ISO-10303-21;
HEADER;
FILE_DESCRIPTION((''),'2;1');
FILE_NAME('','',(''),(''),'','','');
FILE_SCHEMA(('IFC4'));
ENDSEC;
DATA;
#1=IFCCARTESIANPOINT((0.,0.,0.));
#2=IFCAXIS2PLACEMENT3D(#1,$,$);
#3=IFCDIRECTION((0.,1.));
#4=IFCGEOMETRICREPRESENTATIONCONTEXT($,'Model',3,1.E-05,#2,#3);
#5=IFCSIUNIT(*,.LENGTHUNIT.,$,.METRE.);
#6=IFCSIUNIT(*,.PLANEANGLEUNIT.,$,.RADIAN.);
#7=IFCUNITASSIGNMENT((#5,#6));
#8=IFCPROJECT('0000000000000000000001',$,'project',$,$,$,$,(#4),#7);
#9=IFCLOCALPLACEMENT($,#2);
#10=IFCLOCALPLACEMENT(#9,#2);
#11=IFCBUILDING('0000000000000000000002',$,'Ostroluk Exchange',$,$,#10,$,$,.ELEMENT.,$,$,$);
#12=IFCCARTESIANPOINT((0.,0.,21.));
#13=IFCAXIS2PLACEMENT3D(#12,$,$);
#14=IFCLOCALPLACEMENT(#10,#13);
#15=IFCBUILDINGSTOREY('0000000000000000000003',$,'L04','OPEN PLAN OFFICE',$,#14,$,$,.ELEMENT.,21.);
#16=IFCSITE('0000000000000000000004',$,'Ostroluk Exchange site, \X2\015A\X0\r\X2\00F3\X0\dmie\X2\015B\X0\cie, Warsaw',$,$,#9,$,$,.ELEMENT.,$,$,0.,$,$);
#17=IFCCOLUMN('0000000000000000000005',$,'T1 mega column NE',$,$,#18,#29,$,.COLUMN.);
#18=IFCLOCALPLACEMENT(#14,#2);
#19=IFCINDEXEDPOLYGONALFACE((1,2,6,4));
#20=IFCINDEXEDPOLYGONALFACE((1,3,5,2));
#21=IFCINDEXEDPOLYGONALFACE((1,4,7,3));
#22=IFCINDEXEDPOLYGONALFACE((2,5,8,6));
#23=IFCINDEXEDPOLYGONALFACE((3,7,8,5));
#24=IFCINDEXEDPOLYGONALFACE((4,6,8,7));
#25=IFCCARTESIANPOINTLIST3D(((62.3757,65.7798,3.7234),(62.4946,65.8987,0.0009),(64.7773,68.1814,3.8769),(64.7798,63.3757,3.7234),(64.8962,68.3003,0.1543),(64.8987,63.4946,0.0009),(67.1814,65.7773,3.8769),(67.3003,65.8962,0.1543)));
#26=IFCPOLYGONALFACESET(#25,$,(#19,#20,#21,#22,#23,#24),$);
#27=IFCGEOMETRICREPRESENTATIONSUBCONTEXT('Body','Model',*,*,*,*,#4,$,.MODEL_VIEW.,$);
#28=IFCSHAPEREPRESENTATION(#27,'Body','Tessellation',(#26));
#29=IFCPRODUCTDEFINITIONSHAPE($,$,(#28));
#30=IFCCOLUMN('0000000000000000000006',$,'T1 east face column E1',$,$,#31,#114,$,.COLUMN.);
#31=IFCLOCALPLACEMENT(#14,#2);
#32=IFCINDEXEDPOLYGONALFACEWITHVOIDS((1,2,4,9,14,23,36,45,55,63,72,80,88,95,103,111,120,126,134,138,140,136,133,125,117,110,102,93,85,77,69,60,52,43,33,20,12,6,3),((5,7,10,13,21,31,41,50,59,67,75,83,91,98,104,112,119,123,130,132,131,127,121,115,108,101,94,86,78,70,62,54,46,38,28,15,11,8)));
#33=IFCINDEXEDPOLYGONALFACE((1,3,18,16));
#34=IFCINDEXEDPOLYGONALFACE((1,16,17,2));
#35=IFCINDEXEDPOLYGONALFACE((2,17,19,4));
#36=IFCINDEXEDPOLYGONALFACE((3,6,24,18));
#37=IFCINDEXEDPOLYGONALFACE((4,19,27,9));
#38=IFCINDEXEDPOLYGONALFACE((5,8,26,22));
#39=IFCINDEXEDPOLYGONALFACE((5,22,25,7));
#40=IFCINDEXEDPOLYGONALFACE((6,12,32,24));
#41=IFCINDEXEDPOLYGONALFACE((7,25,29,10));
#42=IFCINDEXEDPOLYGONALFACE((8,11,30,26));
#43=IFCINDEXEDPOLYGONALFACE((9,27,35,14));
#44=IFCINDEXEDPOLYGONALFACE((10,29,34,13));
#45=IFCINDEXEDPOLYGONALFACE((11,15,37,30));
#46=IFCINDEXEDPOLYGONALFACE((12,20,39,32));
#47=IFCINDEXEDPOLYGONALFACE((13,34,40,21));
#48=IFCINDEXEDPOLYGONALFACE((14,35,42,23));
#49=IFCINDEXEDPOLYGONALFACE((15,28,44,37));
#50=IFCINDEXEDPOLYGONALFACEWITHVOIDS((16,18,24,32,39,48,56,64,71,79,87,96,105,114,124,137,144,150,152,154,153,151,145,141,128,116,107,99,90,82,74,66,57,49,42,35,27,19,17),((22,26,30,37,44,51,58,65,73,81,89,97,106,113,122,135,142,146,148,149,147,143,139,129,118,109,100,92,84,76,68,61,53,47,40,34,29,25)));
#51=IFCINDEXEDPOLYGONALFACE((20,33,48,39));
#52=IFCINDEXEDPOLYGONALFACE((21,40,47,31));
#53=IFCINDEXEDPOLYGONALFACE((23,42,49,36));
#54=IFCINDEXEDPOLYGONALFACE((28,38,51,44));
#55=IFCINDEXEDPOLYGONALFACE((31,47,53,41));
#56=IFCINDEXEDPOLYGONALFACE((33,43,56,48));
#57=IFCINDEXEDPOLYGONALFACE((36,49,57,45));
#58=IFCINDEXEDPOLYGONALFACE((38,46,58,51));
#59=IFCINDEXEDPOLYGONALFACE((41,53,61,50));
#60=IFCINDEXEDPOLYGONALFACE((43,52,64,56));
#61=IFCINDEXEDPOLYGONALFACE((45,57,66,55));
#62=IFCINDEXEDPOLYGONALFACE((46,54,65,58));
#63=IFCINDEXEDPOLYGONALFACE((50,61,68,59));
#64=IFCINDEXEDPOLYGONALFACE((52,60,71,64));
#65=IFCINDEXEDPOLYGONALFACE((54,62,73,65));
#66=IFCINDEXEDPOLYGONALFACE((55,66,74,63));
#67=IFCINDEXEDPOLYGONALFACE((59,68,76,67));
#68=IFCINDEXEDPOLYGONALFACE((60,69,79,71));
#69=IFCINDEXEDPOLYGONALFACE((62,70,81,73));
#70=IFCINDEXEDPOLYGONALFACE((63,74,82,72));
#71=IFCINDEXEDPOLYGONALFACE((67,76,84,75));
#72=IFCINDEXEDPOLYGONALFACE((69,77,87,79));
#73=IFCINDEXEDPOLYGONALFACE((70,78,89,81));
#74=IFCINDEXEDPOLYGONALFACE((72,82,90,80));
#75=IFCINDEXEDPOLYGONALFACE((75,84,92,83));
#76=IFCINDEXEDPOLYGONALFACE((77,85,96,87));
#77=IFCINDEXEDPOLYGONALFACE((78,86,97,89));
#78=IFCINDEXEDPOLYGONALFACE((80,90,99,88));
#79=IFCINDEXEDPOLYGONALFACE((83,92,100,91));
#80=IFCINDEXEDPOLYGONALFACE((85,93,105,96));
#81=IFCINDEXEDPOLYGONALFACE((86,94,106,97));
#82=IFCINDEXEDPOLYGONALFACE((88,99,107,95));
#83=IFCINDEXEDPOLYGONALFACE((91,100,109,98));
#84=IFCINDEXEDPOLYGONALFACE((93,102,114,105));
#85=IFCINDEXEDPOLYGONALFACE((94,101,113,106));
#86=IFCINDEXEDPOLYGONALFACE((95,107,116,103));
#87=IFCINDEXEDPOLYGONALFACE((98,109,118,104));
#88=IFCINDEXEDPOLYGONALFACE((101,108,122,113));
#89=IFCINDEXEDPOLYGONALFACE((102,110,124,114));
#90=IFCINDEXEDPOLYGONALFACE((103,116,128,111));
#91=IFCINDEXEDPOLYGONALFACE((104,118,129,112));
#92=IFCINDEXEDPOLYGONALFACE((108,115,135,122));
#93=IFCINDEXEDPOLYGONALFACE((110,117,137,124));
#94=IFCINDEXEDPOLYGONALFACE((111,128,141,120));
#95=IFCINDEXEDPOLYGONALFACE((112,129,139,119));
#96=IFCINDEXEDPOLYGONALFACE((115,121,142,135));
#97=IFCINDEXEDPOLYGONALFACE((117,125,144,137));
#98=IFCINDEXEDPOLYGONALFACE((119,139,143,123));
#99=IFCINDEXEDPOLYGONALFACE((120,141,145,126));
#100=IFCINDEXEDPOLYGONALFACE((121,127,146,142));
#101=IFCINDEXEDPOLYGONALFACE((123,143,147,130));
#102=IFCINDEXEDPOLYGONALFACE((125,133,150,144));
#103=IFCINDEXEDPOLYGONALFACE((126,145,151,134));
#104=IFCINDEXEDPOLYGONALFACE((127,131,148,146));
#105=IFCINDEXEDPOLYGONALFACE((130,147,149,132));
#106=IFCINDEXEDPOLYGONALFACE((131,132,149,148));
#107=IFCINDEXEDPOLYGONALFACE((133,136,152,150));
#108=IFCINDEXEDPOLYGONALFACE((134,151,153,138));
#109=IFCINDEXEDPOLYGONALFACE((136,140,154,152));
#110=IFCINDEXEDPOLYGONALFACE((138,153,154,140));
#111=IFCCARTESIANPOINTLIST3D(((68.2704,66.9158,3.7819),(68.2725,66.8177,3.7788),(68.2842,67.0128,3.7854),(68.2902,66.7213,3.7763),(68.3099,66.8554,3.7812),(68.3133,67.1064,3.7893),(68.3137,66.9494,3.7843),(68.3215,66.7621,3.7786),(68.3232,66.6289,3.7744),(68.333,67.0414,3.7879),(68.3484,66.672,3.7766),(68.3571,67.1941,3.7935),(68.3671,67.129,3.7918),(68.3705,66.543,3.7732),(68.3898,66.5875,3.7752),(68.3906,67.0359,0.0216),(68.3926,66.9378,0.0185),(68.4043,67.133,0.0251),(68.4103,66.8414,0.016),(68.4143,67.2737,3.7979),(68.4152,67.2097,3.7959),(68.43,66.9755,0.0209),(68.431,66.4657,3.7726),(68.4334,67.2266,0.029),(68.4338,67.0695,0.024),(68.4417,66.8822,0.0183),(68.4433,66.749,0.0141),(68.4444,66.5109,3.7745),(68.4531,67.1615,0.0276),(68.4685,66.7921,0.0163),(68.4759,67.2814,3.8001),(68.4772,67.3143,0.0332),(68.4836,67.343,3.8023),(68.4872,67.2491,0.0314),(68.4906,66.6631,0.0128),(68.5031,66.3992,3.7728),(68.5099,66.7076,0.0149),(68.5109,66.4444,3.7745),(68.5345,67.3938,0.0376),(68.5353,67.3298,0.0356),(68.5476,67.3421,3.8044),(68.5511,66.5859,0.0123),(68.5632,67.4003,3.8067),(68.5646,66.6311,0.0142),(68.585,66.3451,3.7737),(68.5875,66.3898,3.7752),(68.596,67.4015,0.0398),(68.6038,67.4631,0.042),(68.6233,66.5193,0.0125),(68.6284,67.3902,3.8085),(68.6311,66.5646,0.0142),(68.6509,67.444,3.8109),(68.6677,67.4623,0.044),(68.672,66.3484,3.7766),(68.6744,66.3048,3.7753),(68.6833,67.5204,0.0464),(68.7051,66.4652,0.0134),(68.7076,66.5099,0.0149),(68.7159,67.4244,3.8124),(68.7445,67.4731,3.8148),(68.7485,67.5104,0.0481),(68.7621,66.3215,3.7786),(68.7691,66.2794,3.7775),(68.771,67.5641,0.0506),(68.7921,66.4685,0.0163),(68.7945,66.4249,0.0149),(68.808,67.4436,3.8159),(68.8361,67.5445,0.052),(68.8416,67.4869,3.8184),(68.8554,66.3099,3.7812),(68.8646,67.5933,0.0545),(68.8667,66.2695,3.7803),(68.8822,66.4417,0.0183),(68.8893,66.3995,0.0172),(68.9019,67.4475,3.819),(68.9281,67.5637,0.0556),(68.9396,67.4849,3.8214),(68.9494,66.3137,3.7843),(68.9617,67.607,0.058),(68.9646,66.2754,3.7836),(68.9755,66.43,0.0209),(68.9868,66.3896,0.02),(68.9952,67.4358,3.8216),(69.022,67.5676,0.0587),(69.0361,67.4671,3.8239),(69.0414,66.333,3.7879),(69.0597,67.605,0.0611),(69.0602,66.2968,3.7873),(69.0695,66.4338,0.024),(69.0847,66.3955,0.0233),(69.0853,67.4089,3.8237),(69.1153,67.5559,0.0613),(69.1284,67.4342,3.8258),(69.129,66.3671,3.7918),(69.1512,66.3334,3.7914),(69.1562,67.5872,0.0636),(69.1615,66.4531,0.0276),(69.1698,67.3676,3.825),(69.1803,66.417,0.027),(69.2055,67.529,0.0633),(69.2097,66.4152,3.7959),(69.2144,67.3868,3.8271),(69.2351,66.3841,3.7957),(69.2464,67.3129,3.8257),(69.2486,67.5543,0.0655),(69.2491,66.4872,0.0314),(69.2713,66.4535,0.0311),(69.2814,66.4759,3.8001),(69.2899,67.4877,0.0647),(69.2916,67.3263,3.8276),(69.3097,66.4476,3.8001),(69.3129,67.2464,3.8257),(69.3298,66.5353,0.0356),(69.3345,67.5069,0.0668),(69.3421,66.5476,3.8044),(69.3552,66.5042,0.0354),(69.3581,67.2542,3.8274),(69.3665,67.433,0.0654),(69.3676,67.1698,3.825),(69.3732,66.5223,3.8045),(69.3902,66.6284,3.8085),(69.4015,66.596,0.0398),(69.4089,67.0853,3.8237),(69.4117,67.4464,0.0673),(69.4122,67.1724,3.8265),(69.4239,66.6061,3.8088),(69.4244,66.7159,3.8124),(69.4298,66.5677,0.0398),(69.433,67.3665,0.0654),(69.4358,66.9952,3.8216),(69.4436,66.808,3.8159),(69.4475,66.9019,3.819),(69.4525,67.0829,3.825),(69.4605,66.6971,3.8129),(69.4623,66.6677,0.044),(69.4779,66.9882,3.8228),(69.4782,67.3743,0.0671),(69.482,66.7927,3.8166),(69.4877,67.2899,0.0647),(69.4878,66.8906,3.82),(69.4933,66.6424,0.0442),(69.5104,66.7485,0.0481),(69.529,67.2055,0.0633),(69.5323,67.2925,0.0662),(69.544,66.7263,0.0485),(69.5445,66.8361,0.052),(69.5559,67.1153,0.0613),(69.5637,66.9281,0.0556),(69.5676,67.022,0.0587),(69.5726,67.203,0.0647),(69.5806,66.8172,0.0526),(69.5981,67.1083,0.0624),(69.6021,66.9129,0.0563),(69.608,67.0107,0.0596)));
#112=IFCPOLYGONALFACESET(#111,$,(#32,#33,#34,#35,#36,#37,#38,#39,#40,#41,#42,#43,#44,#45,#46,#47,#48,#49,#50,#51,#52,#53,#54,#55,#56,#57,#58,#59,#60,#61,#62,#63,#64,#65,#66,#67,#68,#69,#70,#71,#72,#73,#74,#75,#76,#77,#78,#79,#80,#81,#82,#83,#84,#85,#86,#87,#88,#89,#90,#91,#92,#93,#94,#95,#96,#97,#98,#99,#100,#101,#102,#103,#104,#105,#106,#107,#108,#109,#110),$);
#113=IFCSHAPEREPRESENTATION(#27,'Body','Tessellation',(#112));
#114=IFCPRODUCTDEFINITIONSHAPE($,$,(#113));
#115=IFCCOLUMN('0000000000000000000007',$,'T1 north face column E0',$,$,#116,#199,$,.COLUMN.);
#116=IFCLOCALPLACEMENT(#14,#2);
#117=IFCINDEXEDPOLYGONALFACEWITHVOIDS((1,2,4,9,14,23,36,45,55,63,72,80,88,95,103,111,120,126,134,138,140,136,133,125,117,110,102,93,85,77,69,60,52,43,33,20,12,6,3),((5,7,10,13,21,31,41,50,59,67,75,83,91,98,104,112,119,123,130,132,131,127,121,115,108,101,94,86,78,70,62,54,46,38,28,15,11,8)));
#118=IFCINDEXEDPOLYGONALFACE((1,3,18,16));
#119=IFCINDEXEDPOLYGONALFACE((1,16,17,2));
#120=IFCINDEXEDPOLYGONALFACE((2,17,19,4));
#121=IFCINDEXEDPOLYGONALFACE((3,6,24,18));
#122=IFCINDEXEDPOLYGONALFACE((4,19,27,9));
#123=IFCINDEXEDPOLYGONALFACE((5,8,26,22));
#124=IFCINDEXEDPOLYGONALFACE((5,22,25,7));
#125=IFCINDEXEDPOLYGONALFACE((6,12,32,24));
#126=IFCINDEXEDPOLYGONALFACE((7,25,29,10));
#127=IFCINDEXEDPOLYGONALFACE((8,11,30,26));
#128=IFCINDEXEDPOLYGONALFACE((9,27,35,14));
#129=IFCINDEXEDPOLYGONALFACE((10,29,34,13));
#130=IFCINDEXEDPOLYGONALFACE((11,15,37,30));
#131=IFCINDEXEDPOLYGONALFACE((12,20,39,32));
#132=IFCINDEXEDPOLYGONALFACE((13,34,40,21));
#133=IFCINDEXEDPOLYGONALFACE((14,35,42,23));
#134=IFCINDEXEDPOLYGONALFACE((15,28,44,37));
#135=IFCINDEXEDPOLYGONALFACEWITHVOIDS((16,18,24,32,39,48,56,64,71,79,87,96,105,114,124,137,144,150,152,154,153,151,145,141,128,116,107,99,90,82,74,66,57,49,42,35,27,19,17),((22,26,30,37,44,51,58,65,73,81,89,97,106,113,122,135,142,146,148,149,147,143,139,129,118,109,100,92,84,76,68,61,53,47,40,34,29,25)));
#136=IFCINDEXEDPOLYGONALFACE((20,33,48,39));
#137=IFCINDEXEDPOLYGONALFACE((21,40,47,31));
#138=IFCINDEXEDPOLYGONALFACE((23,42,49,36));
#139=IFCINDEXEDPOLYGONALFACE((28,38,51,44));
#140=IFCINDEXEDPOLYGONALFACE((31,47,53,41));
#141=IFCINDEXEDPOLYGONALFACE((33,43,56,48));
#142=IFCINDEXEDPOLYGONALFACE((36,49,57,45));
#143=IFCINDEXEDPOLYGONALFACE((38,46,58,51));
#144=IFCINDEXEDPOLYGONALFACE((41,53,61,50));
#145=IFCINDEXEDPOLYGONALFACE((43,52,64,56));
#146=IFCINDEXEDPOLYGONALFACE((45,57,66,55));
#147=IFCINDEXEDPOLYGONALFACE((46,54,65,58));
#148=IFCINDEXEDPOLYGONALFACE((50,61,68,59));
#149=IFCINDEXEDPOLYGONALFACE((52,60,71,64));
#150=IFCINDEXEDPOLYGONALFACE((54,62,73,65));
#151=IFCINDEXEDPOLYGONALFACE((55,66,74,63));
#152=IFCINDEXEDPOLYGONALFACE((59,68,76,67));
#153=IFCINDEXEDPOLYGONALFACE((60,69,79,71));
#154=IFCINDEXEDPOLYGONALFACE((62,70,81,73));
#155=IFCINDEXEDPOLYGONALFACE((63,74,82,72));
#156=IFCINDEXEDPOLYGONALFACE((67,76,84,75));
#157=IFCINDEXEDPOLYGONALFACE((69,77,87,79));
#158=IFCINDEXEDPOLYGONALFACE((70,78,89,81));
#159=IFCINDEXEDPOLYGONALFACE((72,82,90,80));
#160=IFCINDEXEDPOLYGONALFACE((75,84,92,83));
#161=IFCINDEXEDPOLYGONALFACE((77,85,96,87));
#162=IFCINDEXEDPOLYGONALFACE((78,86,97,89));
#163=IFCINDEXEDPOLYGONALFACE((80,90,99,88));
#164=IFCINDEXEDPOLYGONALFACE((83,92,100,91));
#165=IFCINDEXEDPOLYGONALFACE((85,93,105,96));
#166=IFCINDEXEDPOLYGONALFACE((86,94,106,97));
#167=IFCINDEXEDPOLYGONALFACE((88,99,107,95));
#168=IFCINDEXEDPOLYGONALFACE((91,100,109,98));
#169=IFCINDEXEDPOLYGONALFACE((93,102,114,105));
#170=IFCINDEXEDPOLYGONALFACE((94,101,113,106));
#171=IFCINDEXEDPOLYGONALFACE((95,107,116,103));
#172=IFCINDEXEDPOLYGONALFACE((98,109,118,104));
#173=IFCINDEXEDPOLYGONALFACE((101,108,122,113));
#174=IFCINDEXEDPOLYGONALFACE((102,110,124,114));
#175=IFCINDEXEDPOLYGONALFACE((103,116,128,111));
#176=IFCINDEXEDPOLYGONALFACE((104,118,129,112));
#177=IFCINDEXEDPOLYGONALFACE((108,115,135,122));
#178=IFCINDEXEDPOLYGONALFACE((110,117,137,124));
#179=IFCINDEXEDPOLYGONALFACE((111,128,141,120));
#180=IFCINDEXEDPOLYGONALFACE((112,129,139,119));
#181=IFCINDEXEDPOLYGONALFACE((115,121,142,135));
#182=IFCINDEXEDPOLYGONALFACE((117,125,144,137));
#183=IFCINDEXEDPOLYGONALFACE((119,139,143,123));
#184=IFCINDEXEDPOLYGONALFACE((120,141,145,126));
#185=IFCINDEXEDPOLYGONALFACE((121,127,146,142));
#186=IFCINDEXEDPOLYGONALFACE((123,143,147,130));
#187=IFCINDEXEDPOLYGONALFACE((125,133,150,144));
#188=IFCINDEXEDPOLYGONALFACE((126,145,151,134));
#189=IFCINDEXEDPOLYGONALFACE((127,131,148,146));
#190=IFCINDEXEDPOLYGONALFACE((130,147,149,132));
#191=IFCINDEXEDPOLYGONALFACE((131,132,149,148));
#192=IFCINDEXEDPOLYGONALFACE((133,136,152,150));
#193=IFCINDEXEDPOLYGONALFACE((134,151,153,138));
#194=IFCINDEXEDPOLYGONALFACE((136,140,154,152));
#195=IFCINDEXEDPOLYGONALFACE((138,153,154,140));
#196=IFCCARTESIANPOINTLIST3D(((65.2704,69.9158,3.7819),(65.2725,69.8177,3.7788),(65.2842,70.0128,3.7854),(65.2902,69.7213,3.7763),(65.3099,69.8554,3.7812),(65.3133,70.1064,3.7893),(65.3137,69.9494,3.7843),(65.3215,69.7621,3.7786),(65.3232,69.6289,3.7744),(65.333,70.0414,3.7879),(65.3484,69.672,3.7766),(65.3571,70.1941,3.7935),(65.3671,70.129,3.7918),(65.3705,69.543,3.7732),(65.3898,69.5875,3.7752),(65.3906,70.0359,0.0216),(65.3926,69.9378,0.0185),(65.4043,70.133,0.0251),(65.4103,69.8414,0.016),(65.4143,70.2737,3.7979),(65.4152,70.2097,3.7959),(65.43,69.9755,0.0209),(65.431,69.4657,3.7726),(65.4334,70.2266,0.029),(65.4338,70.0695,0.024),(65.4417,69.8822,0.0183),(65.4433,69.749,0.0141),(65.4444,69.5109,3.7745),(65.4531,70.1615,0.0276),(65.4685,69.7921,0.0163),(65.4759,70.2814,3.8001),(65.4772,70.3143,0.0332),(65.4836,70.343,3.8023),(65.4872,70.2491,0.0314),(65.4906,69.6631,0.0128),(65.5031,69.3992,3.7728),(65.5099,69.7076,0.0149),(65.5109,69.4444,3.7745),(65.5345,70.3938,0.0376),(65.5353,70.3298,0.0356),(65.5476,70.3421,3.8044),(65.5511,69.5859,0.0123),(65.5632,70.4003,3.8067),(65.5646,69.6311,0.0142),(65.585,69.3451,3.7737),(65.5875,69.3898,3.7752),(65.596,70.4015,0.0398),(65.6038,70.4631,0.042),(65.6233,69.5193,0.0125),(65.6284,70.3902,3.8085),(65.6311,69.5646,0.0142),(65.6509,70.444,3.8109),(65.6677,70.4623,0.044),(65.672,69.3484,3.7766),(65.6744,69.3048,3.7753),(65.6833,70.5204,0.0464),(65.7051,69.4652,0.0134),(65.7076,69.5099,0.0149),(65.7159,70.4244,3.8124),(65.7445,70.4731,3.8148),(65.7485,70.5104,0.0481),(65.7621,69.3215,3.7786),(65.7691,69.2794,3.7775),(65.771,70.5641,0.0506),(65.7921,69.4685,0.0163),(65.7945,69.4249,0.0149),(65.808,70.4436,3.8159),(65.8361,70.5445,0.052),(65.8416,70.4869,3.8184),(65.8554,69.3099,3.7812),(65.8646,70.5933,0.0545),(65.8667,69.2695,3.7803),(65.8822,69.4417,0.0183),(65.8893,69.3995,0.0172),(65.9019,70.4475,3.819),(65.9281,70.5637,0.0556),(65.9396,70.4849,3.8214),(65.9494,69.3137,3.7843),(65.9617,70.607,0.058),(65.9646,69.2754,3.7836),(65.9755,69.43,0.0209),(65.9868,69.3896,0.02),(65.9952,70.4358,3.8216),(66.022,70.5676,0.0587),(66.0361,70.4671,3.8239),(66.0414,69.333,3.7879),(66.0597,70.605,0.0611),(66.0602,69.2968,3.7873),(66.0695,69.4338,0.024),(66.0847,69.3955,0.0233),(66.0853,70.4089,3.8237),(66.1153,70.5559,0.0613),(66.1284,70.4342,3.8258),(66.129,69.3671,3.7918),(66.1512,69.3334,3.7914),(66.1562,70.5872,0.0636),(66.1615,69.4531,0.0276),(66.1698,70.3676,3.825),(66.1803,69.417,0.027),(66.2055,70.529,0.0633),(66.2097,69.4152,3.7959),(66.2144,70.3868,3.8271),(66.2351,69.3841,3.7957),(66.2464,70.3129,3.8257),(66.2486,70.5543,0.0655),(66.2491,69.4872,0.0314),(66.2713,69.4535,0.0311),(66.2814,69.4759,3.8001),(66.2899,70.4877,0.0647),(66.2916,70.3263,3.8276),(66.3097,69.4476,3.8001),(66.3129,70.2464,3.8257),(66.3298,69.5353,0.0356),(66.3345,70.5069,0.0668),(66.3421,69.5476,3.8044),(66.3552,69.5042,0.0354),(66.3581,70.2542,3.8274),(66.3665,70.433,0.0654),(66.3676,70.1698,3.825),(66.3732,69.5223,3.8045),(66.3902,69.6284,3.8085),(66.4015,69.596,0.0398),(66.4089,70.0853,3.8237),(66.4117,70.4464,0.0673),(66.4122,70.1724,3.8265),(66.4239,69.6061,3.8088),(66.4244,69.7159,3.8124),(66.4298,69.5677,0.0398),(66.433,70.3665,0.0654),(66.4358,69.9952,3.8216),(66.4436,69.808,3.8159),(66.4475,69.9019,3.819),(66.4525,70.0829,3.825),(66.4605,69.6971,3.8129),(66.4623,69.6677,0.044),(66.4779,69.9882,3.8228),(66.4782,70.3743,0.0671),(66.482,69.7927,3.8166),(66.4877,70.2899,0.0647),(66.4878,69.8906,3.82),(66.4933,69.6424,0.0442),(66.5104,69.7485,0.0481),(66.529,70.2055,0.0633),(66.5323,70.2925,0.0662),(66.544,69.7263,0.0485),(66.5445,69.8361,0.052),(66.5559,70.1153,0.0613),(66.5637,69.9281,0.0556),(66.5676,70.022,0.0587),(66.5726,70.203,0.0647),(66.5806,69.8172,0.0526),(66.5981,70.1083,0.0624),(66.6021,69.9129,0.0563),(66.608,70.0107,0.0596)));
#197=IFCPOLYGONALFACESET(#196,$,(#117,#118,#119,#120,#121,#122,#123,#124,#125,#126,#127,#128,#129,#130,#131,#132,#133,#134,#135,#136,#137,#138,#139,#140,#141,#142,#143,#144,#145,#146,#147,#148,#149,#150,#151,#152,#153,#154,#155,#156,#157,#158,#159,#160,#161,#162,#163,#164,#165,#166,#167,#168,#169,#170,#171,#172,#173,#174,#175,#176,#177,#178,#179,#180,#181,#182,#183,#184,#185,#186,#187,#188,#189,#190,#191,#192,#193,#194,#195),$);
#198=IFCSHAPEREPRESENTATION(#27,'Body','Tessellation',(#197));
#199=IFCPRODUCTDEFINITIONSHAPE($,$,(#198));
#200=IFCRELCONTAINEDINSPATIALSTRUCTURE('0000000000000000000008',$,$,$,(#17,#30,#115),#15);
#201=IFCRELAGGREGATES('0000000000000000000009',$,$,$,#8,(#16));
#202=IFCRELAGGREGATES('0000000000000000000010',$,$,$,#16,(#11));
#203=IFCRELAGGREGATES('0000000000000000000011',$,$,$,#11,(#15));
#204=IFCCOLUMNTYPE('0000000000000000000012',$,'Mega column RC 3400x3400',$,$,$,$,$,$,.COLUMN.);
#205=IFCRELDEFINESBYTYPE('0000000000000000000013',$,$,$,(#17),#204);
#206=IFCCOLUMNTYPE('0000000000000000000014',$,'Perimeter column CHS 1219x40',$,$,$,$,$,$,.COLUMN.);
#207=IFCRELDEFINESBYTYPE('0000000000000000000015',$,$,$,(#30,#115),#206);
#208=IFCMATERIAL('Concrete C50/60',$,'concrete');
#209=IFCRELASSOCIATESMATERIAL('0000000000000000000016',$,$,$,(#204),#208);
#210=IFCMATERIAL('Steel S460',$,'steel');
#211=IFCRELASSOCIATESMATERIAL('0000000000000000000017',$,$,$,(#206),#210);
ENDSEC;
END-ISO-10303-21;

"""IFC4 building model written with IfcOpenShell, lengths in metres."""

from ifc_helpers import new_model, si_unit, direction, frame, origin, origin_2d, place, context, subcontext, project, spatial, rectangle, hollow_circle, extrude, material, material_profile, profile_set, type_object, element, save


model = new_model("IFC4")

# Units and contexts
model_context = context("Model", 3, precision=1e-05, world=origin(), true_north=direction((0.0, 1.0)))
body_context = subcontext(model_context, "Body", "Model", "MODEL_VIEW")
ifc_project = project(units=[si_unit("LENGTHUNIT", "METRE"), si_unit("PLANEANGLEUNIT", "RADIAN")], contexts=[model_context])

# Site, building, storey
site_placement = place(None, origin())
site = spatial("IfcSite", under=ifc_project, at=site_placement, Name="Ostroluk Exchange site, Śródmieście, Warsaw", CompositionType="ELEMENT", RefElevation=0.0)
building_placement = place(site_placement, origin())
building = spatial("IfcBuilding", under=site, at=building_placement, Name="Ostroluk Exchange", CompositionType="ELEMENT")
storey_placement = place(building_placement, frame((0.0, 0.0, 21.0)))
storey = spatial("IfcBuildingStorey", under=building, at=storey_placement, Name="L04", Description="OPEN PLAN OFFICE", CompositionType="ELEMENT", Elevation=21.0)

# Columns
ifc_material_1 = material(Name="Concrete C50/60", Category="concrete")
ifc_material_profile_1 = material_profile(ifc_material_1, rectangle(XDim=3.3999, YDim=3.3999, at=origin_2d()), Name="RC 3400x3400")
ifc_profile_set_1 = profile_set([ifc_material_profile_1], Name="Concrete C50/60")
column_type_1 = type_object("IfcColumnType", Name="Mega column RC 3400x3400", PredefinedType="COLUMN", material=ifc_profile_set_1)
column_placement = place(storey_placement, frame((64.8975, 65.8975, 0.0776), z_axis=(-0.031908, -0.031908, 0.998981), x_axis=(0.707107, -0.707107, 0.0)))
element("IfcColumn", 1, at=column_placement, inside=storey, type_object=column_type_1, Name="T1 mega column NE", PredefinedType="COLUMN", context=body_context, shape_type="SweptSolid", body=[
    extrude(rectangle(XDim=3.3999, YDim=3.3999, at=origin_2d()), origin(), (0.0, 0.0, 1.0), 3.7263),
])
ifc_material_2 = material(Name="Steel S460", Category="steel")
ifc_material_profile_2 = material_profile(ifc_material_2, hollow_circle(Radius=0.6096, WallThickness=0.04, at=origin_2d()), Name="CHS 1219x40")
ifc_profile_set_2 = profile_set([ifc_material_profile_2], Name="Steel S460")
column_type_2 = type_object("IfcColumnType", Name="Perimeter column CHS 1219x40", PredefinedType="COLUMN", material=ifc_profile_set_2)
for number, where, z_axis, x_axis, name in (
    (2, (68.9988, 66.9988, 0.0398), (-0.031911, -0.031911, 0.998981), (0.707107, -0.707107, 0.0), "T1 east face column E1"),
    (3, (65.9988, 69.9988, 0.0398), (-0.031911, -0.031911, 0.998981), (0.707107, -0.707107, 0.0), "T1 north face column E0"),
):
    element("IfcColumn", number, at=place(storey_placement, frame(where, z_axis=z_axis, x_axis=x_axis)), inside=storey, type_object=column_type_2, Name=name, PredefinedType="COLUMN", context=body_context, shape_type="SweptSolid", body=[
        extrude(hollow_circle(Radius=0.6096, WallThickness=0.04, at=origin_2d()), origin(), (0.0, 0.0, 1.0), 3.7642),
    ])

save(model, "model.ifc")
